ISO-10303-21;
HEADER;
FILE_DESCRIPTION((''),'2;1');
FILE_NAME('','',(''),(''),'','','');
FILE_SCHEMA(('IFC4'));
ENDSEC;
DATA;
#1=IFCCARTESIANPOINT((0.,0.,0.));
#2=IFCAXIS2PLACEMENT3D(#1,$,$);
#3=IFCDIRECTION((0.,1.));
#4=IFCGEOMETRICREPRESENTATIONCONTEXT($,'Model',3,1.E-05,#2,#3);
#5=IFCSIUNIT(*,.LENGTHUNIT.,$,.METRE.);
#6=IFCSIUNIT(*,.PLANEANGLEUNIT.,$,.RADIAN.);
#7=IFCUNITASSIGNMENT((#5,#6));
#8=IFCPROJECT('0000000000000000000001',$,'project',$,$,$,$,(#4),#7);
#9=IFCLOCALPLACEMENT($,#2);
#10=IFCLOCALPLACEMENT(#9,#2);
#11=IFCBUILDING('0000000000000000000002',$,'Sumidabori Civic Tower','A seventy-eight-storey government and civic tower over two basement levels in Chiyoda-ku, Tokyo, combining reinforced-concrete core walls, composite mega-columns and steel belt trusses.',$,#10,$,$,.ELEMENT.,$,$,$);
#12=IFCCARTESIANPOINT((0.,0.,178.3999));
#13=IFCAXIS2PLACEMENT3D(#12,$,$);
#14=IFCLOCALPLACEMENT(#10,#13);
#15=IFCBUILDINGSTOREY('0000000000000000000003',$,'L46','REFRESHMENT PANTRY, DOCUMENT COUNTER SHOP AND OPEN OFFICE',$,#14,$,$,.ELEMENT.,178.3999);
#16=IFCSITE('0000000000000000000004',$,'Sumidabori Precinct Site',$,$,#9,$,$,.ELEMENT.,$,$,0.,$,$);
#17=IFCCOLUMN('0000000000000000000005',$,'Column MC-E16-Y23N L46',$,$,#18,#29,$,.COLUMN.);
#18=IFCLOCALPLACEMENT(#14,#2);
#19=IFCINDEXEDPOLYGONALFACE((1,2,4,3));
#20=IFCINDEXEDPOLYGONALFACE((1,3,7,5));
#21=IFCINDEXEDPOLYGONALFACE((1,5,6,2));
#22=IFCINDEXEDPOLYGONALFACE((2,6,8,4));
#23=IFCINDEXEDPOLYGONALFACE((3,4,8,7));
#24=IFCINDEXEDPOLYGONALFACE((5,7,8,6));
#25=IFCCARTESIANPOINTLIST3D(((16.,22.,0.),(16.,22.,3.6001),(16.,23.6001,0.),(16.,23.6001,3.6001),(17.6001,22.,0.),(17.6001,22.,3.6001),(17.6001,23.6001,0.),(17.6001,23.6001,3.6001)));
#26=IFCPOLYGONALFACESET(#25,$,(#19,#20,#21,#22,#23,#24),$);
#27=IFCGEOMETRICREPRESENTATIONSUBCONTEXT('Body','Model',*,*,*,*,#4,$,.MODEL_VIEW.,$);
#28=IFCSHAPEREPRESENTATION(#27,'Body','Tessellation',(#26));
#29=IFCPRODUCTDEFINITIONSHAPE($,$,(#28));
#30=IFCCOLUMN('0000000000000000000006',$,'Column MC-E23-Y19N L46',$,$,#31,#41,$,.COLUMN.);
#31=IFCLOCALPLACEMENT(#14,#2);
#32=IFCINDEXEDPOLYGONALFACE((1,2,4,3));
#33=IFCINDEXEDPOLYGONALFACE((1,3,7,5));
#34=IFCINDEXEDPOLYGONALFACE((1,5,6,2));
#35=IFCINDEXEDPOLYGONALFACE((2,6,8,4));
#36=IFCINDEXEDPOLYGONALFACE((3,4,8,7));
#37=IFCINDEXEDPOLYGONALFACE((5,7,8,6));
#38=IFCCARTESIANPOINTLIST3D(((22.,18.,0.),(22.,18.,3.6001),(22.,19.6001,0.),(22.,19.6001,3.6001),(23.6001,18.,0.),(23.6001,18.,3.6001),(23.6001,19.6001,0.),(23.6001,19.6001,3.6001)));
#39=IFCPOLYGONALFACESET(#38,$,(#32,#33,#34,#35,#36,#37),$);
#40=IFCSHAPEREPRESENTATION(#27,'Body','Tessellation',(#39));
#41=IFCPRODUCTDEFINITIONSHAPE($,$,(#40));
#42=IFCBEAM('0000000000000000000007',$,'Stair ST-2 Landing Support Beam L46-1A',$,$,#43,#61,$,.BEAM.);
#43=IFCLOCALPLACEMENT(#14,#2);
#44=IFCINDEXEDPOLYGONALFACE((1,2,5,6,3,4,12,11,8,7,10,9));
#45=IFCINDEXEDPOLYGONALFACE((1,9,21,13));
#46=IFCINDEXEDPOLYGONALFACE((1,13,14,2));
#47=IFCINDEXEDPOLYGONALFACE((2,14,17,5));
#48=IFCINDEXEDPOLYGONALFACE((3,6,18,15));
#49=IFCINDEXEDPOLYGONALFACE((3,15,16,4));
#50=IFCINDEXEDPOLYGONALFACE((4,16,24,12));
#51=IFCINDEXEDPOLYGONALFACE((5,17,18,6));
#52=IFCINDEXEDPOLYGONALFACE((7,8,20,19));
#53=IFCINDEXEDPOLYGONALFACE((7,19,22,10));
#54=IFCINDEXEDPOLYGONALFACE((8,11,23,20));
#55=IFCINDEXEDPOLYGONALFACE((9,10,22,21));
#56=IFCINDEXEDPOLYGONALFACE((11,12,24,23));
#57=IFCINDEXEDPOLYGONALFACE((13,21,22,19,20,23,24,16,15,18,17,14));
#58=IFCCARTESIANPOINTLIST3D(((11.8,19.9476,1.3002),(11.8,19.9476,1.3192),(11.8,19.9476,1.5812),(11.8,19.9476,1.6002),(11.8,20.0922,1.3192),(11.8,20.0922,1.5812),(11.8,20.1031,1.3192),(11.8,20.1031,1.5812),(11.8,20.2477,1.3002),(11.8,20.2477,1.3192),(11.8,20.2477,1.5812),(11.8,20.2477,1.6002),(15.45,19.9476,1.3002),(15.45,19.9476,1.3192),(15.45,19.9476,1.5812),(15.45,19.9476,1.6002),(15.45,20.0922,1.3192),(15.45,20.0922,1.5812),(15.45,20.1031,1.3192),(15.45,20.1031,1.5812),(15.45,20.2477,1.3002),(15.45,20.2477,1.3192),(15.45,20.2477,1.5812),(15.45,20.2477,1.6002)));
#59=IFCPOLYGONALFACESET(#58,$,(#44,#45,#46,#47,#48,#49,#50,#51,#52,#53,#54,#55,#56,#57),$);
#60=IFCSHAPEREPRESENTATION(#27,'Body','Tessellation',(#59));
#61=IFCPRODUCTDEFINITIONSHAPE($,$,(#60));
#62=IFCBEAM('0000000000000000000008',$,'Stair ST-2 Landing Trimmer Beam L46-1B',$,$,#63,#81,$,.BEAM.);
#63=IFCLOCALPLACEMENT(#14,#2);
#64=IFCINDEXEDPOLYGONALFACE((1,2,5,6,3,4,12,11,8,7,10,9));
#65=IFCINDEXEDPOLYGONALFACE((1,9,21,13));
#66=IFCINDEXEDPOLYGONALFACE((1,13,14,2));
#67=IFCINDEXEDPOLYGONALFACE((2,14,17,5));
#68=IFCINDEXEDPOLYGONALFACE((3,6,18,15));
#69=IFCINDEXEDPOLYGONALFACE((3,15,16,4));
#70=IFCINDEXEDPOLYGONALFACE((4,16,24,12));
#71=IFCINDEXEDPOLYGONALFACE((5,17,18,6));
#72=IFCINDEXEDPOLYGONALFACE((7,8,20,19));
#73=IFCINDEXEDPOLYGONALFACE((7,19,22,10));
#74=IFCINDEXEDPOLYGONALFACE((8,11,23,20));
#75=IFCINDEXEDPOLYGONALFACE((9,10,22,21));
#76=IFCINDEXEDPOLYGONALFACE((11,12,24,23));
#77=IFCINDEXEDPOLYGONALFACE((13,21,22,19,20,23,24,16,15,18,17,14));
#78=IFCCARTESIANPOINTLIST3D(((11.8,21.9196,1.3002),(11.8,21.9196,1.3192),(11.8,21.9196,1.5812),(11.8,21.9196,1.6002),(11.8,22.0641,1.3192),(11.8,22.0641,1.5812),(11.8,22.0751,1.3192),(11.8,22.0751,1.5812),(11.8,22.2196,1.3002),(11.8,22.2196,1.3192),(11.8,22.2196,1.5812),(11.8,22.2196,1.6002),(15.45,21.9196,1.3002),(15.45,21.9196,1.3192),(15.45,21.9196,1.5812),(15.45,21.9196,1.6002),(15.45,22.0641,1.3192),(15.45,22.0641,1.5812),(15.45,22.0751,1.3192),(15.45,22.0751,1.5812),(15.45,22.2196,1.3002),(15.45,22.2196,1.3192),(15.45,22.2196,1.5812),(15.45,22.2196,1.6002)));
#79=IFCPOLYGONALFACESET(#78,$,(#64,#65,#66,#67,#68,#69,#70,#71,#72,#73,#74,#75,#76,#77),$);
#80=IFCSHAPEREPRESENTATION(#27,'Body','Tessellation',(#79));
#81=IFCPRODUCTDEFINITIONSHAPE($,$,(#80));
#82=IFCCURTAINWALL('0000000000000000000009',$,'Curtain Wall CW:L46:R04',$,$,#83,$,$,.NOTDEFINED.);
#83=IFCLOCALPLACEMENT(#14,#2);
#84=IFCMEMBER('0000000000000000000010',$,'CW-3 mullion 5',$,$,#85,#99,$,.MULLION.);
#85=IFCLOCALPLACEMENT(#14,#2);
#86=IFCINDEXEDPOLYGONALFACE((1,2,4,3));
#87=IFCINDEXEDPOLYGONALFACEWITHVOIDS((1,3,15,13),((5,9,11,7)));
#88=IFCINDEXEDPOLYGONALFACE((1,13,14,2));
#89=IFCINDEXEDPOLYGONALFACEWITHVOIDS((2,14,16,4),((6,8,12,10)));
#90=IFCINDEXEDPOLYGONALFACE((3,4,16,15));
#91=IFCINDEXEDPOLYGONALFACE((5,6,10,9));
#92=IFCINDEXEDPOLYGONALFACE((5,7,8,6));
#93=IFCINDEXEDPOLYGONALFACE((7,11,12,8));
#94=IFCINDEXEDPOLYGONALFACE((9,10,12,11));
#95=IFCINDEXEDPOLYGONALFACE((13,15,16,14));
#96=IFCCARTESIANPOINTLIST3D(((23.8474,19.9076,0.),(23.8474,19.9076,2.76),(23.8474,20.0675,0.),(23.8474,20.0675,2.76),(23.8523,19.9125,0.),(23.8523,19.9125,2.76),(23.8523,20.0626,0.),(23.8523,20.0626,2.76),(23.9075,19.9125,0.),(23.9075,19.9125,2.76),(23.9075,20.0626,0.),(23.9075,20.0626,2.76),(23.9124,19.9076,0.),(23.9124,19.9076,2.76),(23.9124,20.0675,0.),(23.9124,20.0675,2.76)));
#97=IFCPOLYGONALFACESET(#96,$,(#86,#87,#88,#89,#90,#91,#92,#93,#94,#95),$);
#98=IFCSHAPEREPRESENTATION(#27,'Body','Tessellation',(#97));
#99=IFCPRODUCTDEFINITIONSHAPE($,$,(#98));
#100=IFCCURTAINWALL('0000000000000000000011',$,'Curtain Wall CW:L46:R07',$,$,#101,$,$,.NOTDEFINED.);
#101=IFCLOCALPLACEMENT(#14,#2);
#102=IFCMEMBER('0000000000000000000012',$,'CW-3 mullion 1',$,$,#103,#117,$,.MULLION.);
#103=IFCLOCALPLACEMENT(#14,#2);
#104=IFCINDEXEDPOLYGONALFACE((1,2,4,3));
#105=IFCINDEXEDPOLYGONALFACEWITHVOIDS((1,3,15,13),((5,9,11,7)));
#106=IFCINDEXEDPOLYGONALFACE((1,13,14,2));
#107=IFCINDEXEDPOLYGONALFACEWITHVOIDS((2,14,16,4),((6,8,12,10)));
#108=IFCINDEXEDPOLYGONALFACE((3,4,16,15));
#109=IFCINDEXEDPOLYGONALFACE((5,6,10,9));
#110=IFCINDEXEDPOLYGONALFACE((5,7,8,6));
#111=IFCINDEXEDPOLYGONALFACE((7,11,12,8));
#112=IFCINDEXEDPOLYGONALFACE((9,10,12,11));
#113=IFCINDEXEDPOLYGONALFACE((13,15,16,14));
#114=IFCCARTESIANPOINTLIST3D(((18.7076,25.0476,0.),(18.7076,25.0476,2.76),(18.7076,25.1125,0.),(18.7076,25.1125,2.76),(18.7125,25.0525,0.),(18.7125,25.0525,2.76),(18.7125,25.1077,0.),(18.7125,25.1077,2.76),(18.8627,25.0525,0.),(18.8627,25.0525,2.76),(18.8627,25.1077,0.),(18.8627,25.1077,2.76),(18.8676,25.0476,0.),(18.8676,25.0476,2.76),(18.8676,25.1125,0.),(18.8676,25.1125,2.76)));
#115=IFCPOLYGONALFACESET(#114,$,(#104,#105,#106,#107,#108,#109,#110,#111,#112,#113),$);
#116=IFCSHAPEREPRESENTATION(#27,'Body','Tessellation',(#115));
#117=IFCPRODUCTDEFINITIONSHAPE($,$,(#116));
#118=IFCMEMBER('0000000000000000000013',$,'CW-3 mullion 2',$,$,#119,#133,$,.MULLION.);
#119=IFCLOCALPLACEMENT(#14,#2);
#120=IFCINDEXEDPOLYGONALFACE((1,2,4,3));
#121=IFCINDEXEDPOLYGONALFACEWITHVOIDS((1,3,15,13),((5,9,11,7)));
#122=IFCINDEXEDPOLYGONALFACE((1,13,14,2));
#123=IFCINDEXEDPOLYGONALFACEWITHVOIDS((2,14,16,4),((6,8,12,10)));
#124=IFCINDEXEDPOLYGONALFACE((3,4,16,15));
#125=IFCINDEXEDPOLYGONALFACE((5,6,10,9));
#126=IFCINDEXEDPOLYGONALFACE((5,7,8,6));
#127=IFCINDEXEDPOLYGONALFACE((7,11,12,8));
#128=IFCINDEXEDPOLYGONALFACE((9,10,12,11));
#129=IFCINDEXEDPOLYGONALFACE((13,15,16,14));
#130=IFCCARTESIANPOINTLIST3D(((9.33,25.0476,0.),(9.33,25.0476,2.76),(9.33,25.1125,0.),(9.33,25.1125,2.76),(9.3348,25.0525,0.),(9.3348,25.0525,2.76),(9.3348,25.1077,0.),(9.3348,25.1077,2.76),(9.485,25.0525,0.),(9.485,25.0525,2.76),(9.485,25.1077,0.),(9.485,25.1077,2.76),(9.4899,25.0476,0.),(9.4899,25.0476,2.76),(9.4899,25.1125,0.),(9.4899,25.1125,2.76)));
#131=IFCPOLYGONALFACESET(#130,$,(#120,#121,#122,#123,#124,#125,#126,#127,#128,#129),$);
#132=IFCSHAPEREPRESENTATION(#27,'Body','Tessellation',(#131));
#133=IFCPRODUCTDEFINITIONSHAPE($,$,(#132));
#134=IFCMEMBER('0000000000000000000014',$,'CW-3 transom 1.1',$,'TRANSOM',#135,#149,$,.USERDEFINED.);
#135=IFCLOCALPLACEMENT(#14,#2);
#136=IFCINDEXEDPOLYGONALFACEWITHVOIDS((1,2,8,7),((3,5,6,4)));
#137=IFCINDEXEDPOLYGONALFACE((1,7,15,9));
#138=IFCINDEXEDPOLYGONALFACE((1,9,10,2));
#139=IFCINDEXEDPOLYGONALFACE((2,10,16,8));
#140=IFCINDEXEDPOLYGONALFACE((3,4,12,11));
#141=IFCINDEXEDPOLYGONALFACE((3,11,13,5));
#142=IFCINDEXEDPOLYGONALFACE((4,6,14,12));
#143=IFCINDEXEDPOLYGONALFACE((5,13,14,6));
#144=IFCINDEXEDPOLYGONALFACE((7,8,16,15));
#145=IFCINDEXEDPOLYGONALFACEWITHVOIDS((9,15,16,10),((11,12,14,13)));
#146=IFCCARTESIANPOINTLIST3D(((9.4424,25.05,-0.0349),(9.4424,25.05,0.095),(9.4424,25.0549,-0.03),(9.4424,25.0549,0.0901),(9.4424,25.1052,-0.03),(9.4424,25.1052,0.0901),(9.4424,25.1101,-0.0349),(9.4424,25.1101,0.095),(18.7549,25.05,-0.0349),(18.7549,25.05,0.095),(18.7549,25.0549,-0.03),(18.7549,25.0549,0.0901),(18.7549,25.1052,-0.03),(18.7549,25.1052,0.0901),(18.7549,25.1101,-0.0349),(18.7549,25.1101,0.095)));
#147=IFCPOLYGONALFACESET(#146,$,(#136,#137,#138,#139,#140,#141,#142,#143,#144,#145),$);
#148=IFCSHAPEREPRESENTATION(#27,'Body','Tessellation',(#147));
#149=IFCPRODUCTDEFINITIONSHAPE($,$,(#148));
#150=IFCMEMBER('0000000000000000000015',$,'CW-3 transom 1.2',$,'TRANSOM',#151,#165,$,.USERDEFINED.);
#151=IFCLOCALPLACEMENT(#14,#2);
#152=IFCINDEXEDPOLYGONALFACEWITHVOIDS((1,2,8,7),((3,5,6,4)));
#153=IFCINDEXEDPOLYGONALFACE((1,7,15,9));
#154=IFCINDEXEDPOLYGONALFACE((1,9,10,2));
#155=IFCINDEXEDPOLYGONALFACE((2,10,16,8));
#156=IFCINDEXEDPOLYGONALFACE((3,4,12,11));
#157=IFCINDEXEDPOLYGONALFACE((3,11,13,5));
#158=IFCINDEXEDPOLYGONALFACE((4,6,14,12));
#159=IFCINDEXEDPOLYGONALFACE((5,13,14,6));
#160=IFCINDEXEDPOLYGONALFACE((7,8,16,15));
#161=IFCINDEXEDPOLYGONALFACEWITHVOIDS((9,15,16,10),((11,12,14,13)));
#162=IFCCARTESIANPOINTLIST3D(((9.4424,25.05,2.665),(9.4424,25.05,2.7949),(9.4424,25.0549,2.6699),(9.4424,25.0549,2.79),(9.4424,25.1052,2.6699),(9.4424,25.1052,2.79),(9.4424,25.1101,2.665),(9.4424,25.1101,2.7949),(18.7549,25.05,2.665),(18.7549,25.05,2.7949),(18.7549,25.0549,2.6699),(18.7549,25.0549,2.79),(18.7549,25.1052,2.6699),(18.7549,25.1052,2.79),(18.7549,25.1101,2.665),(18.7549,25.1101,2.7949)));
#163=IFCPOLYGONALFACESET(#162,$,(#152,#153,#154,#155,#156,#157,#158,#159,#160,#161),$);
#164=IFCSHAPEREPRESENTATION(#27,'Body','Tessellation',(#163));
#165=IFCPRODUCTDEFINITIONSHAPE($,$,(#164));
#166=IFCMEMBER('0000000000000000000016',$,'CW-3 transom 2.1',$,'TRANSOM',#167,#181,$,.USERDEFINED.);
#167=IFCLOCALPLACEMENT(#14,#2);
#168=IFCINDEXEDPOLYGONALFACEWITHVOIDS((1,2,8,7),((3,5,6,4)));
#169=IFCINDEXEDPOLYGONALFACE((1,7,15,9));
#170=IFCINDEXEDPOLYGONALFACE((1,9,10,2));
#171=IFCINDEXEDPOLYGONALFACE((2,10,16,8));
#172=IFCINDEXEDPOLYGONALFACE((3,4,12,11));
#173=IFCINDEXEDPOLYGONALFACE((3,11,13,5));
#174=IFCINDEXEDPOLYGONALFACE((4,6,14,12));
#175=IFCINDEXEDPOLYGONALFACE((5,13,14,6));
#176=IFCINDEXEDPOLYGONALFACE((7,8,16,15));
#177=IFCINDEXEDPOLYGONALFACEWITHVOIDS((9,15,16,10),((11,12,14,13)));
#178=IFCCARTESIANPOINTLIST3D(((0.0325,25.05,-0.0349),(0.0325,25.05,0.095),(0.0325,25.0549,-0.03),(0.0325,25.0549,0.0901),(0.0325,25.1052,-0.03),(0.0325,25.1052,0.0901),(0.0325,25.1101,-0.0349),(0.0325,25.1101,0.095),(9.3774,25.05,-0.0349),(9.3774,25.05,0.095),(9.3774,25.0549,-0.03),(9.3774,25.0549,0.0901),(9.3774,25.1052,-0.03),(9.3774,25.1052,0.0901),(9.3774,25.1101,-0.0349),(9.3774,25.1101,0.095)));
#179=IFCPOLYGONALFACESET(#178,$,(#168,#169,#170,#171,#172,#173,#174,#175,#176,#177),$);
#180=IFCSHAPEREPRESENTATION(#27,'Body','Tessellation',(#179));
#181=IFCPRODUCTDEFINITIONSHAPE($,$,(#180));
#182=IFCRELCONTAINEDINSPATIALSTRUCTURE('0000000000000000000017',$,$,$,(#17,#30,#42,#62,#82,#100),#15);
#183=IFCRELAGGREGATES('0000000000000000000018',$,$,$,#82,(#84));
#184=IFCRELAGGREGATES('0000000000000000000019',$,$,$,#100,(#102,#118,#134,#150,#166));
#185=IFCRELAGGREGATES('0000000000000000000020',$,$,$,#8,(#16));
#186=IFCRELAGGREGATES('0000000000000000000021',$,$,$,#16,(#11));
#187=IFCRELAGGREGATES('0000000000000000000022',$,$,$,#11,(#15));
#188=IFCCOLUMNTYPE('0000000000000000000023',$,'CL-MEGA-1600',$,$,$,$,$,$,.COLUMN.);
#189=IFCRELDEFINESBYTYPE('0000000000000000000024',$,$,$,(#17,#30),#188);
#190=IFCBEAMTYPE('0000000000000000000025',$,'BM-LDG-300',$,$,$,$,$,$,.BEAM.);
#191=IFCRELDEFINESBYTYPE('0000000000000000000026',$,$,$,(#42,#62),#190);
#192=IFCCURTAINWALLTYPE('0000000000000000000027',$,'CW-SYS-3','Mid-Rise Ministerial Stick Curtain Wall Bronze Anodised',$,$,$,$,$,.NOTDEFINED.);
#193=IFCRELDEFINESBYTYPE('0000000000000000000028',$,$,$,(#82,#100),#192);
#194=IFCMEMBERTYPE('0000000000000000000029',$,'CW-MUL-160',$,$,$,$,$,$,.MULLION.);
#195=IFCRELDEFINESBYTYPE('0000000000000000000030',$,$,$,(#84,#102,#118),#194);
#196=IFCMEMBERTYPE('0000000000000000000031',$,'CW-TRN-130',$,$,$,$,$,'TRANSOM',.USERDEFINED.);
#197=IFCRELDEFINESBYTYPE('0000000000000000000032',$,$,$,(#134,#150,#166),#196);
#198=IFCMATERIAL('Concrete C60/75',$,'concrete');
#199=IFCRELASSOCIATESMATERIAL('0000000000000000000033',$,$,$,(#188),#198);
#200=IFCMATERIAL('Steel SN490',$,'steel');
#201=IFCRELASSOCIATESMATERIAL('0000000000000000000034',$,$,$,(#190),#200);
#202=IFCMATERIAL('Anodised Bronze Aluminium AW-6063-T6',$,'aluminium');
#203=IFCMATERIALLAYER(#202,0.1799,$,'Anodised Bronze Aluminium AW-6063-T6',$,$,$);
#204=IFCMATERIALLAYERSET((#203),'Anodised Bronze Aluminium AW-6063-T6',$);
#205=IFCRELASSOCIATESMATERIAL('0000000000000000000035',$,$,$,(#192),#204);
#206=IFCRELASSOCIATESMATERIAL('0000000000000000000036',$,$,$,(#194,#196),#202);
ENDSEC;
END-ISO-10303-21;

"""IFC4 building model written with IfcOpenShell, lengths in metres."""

from ifc_helpers import new_model, si_unit, direction, frame, origin, origin_2d, place, context, subcontext, project, spatial, rectangle, hollow_rectangle, i_section, extrude, source, transform, mapped, material, layer, layer_set, material_profile, profile_set, type_object, element, aggregate, save


model = new_model("IFC4")

# Units and contexts
model_context = context("Model", 3, precision=1e-05, world=origin(), true_north=direction((0.0, 1.0)))
body_context = subcontext(model_context, "Body", "Model", "MODEL_VIEW")
ifc_project = project(units=[si_unit("LENGTHUNIT", "METRE"), si_unit("PLANEANGLEUNIT", "RADIAN")], contexts=[model_context])

# Site, building, storey
site_placement = place(None, origin())
site = spatial("IfcSite", under=ifc_project, at=site_placement, Name="Sumidabori Precinct Site", CompositionType="ELEMENT", RefElevation=0.0)
building_placement = place(site_placement, origin())
building = spatial("IfcBuilding", under=site, at=building_placement, Name="Sumidabori Civic Tower", Description="A seventy-eight-storey government and civic tower over two basement levels in Chiyoda-ku, Tokyo, combining reinforced-concrete core walls, composite mega-columns and steel belt trusses.", CompositionType="ELEMENT")
storey_placement = place(building_placement, frame((0.0, 0.0, 178.3999)))
storey = spatial("IfcBuildingStorey", under=building, at=storey_placement, Name="L46", Description="REFRESHMENT PANTRY, DOCUMENT COUNTER SHOP AND OPEN OFFICE", CompositionType="ELEMENT", Elevation=178.3999)

# Columns
ifc_material_1 = material(Name="Concrete C60/75", Category="concrete")
ifc_material_profile_1 = material_profile(ifc_material_1, rectangle(XDim=1.6001, YDim=1.6001, at=origin_2d()), Name="RC 1600x1600")
ifc_profile_set_1 = profile_set([ifc_material_profile_1], Name="Concrete C60/75")
column_type = type_object("IfcColumnType", Name="CL-MEGA-1600", PredefinedType="COLUMN", material=ifc_profile_set_1)
shared_shape_1 = source(origin(), body_context, "Body", "SweptSolid", [
    extrude(rectangle(XDim=1.6001, YDim=1.6001, at=origin_2d()), origin(), (0.0, 0.0, 1.0), 3.6001),
])
for number, where, z_axis, x_axis, name in (
    (1, (16.8, 22.8, 0.0), (0.0, 0.0, 1.0), (1.0, 0.0, 0.0), "Column MC-E16-Y23N L46"),
    (2, (22.8, 18.8, 0.0), (0.0, 0.0, 1.0), (1.0, 0.0, 0.0), "Column MC-E23-Y19N L46"),
):
    element("IfcColumn", number, at=place(storey_placement, frame(where, z_axis=z_axis, x_axis=x_axis)), inside=storey, type_object=column_type, Name=name, PredefinedType="COLUMN", context=body_context, shape_type="MappedRepresentation", body=[
        mapped(shared_shape_1, transform((0.0, 0.0, 0.0), x_axis=(1.0, 0.0, 0.0), y_axis=(0.0, 1.0, 0.0), z_axis=(0.0, 0.0, 1.0), scale=1.0)),
    ])

# Beams
ifc_material_2 = material(Name="Steel SN490", Category="steel")
ifc_material_profile_2 = material_profile(ifc_material_2, i_section(OverallWidth=0.3, OverallDepth=0.3, WebThickness=0.011, FlangeThickness=0.019, at=origin_2d()), Name="HE 300 B")
ifc_profile_set_2 = profile_set([ifc_material_profile_2], Name="Steel SN490")
beam_type = type_object("IfcBeamType", Name="BM-LDG-300", PredefinedType="BEAM", material=ifc_profile_set_2)
shared_shape_2 = source(origin(), body_context, "Body", "SweptSolid", [
    extrude(i_section(OverallWidth=0.3, OverallDepth=0.3, WebThickness=0.011, FlangeThickness=0.019, at=origin_2d()), origin(), (0.0, 0.0, 1.0), 3.6499),
])
for number, where, z_axis, x_axis, name in (
    (3, (11.8, 20.0977, 1.4502), (1.0, 0.0, 0.0), (0.0, 1.0, 0.0), "Stair ST-2 Landing Support Beam L46-1A"),
    (4, (11.8, 22.0696, 1.4502), (1.0, 0.0, 0.0), (0.0, 1.0, 0.0), "Stair ST-2 Landing Trimmer Beam L46-1B"),
):
    element("IfcBeam", number, at=place(storey_placement, frame(where, z_axis=z_axis, x_axis=x_axis)), inside=storey, type_object=beam_type, Name=name, PredefinedType="BEAM", context=body_context, shape_type="MappedRepresentation", body=[
        mapped(shared_shape_2, transform((0.0, 0.0, 0.0), x_axis=(1.0, 0.0, 0.0), y_axis=(0.0, 1.0, 0.0), z_axis=(0.0, 0.0, 1.0), scale=1.0)),
    ])

# Curtain wall, member
ifc_material_3 = material(Name="Anodised Bronze Aluminium AW-6063-T6", Category="aluminium")
ifc_layer_1 = layer(ifc_material_3, 0.1799, Name="Anodised Bronze Aluminium AW-6063-T6")
ifc_layer_set_1 = layer_set([ifc_layer_1], Name="Anodised Bronze Aluminium AW-6063-T6")
curtain_wall_type = type_object("IfcCurtainWallType", Name="CW-SYS-3", Description="Mid-Rise Ministerial Stick Curtain Wall Bronze Anodised", PredefinedType="NOTDEFINED", material=ifc_layer_set_1)
curtain_wall_1_placement = place(storey_placement, origin())
curtain_wall_1 = element("IfcCurtainWall", 5, at=curtain_wall_1_placement, inside=storey, type_object=curtain_wall_type, Name="Curtain Wall CW:L46:R04", PredefinedType="NOTDEFINED")
ifc_material_profile_3 = material_profile(ifc_material_3, hollow_rectangle(XDim=0.0649, YDim=0.1599, WallThickness=0.0049, at=origin_2d()), Name="ALU MULLION 160x65")
ifc_profile_set_3 = profile_set([ifc_material_profile_3], Name="Anodised Bronze Aluminium AW-6063-T6")
member_type_1 = type_object("IfcMemberType", Name="CW-MUL-160", PredefinedType="MULLION", material=ifc_profile_set_3)
shared_shape_3 = source(origin(), body_context, "Body", "SweptSolid", [
    extrude(hollow_rectangle(XDim=0.0649, YDim=0.1599, WallThickness=0.0049, at=origin_2d()), origin(), (0.0, 0.0, 1.0), 2.76),
])
member_1_placement = place(storey_placement, frame((23.8799, 19.9875, 0.0), z_axis=(0.0, 0.0, 1.0), x_axis=(-1.0, 0.0, 0.0)))
member_1 = element("IfcMember", 6, at=member_1_placement, type_object=member_type_1, Name="CW-3 mullion 5", PredefinedType="MULLION", context=body_context, shape_type="MappedRepresentation", body=[
    mapped(shared_shape_3, transform((0.0, 0.0, 0.0), x_axis=(1.0, 0.0, 0.0), y_axis=(0.0, 1.0, 0.0), z_axis=(0.0, 0.0, 1.0), scale=1.0)),
])

# Curtain wall, members
curtain_wall_2_placement = place(storey_placement, origin())
curtain_wall_2 = element("IfcCurtainWall", 7, at=curtain_wall_2_placement, inside=storey, type_object=curtain_wall_type, Name="Curtain Wall CW:L46:R07", PredefinedType="NOTDEFINED")
member_2_placement = place(storey_placement, frame((18.7876, 25.0801, 0.0), z_axis=(0.0, 0.0, 1.0), x_axis=(0.0, -1.0, 0.0)))
member_2 = element("IfcMember", 8, at=member_2_placement, type_object=member_type_1, Name="CW-3 mullion 1", PredefinedType="MULLION", context=body_context, shape_type="MappedRepresentation", body=[
    mapped(shared_shape_3, transform((0.0, 0.0, 0.0), x_axis=(1.0, 0.0, 0.0), y_axis=(0.0, 1.0, 0.0), z_axis=(0.0, 0.0, 1.0), scale=1.0)),
])
member_3_placement = place(storey_placement, frame((9.4099, 25.0801, 0.0), z_axis=(0.0, 0.0, 1.0), x_axis=(0.0, -1.0, 0.0)))
member_3 = element("IfcMember", 9, at=member_3_placement, type_object=member_type_1, Name="CW-3 mullion 2", PredefinedType="MULLION", context=body_context, shape_type="MappedRepresentation", body=[
    mapped(shared_shape_3, transform((0.0, 0.0, 0.0), x_axis=(1.0, 0.0, 0.0), y_axis=(0.0, 1.0, 0.0), z_axis=(0.0, 0.0, 1.0), scale=1.0)),
])
ifc_material_profile_4 = material_profile(ifc_material_3, hollow_rectangle(XDim=0.0601, YDim=0.1299, WallThickness=0.0049, at=origin_2d()), Name="ALU TRANSOM 130x60")
ifc_profile_set_4 = profile_set([ifc_material_profile_4], Name="Anodised Bronze Aluminium AW-6063-T6")
member_type_2 = type_object("IfcMemberType", Name="CW-TRN-130", ElementType="TRANSOM", PredefinedType="USERDEFINED", material=ifc_profile_set_4)
shared_shape_4 = source(origin(), body_context, "Body", "SweptSolid", [
    extrude(hollow_rectangle(XDim=0.0601, YDim=0.1299, WallThickness=0.0049, at=origin_2d()), origin(), (0.0, 0.0, 1.0), 9.3125),
])
member_4_placement = place(storey_placement, frame((18.7549, 25.0801, 0.03), z_axis=(-1.0, 0.0, 0.0), x_axis=(0.0, -1.0, 0.0)))
member_4 = element("IfcMember", 10, at=member_4_placement, type_object=member_type_2, Name="CW-3 transom 1.1", ObjectType="TRANSOM", PredefinedType="USERDEFINED", context=body_context, shape_type="MappedRepresentation", body=[
    mapped(shared_shape_4, transform((0.0, 0.0, 0.0), x_axis=(1.0, 0.0, 0.0), y_axis=(0.0, 1.0, 0.0), z_axis=(0.0, 0.0, 1.0), scale=1.0)),
])
member_5_placement = place(storey_placement, frame((18.7549, 25.0801, 2.73), z_axis=(-1.0, 0.0, 0.0), x_axis=(0.0, -1.0, 0.0)))
member_5 = element("IfcMember", 11, at=member_5_placement, type_object=member_type_2, Name="CW-3 transom 1.2", ObjectType="TRANSOM", PredefinedType="USERDEFINED", context=body_context, shape_type="MappedRepresentation", body=[
    mapped(shared_shape_4, transform((0.0, 0.0, 0.0), x_axis=(1.0, 0.0, 0.0), y_axis=(0.0, 1.0, 0.0), z_axis=(0.0, 0.0, 1.0), scale=1.0)),
])
shared_shape_5 = source(origin(), body_context, "Body", "SweptSolid", [
    extrude(hollow_rectangle(XDim=0.0601, YDim=0.1299, WallThickness=0.0049, at=origin_2d()), origin(), (0.0, 0.0, 1.0), 9.345),
])
member_6_placement = place(storey_placement, frame((9.3774, 25.0801, 0.03), z_axis=(-1.0, 0.0, 0.0), x_axis=(0.0, -1.0, 0.0)))
member_6 = element("IfcMember", 12, at=member_6_placement, type_object=member_type_2, Name="CW-3 transom 2.1", ObjectType="TRANSOM", PredefinedType="USERDEFINED", context=body_context, shape_type="MappedRepresentation", body=[
    mapped(shared_shape_5, transform((0.0, 0.0, 0.0), x_axis=(1.0, 0.0, 0.0), y_axis=(0.0, 1.0, 0.0), z_axis=(0.0, 0.0, 1.0), scale=1.0)),
])

aggregate(curtain_wall_1, [member_1])
aggregate(curtain_wall_2, [member_2, member_3, member_4, member_5, member_6])

save(model, "model.ifc")
